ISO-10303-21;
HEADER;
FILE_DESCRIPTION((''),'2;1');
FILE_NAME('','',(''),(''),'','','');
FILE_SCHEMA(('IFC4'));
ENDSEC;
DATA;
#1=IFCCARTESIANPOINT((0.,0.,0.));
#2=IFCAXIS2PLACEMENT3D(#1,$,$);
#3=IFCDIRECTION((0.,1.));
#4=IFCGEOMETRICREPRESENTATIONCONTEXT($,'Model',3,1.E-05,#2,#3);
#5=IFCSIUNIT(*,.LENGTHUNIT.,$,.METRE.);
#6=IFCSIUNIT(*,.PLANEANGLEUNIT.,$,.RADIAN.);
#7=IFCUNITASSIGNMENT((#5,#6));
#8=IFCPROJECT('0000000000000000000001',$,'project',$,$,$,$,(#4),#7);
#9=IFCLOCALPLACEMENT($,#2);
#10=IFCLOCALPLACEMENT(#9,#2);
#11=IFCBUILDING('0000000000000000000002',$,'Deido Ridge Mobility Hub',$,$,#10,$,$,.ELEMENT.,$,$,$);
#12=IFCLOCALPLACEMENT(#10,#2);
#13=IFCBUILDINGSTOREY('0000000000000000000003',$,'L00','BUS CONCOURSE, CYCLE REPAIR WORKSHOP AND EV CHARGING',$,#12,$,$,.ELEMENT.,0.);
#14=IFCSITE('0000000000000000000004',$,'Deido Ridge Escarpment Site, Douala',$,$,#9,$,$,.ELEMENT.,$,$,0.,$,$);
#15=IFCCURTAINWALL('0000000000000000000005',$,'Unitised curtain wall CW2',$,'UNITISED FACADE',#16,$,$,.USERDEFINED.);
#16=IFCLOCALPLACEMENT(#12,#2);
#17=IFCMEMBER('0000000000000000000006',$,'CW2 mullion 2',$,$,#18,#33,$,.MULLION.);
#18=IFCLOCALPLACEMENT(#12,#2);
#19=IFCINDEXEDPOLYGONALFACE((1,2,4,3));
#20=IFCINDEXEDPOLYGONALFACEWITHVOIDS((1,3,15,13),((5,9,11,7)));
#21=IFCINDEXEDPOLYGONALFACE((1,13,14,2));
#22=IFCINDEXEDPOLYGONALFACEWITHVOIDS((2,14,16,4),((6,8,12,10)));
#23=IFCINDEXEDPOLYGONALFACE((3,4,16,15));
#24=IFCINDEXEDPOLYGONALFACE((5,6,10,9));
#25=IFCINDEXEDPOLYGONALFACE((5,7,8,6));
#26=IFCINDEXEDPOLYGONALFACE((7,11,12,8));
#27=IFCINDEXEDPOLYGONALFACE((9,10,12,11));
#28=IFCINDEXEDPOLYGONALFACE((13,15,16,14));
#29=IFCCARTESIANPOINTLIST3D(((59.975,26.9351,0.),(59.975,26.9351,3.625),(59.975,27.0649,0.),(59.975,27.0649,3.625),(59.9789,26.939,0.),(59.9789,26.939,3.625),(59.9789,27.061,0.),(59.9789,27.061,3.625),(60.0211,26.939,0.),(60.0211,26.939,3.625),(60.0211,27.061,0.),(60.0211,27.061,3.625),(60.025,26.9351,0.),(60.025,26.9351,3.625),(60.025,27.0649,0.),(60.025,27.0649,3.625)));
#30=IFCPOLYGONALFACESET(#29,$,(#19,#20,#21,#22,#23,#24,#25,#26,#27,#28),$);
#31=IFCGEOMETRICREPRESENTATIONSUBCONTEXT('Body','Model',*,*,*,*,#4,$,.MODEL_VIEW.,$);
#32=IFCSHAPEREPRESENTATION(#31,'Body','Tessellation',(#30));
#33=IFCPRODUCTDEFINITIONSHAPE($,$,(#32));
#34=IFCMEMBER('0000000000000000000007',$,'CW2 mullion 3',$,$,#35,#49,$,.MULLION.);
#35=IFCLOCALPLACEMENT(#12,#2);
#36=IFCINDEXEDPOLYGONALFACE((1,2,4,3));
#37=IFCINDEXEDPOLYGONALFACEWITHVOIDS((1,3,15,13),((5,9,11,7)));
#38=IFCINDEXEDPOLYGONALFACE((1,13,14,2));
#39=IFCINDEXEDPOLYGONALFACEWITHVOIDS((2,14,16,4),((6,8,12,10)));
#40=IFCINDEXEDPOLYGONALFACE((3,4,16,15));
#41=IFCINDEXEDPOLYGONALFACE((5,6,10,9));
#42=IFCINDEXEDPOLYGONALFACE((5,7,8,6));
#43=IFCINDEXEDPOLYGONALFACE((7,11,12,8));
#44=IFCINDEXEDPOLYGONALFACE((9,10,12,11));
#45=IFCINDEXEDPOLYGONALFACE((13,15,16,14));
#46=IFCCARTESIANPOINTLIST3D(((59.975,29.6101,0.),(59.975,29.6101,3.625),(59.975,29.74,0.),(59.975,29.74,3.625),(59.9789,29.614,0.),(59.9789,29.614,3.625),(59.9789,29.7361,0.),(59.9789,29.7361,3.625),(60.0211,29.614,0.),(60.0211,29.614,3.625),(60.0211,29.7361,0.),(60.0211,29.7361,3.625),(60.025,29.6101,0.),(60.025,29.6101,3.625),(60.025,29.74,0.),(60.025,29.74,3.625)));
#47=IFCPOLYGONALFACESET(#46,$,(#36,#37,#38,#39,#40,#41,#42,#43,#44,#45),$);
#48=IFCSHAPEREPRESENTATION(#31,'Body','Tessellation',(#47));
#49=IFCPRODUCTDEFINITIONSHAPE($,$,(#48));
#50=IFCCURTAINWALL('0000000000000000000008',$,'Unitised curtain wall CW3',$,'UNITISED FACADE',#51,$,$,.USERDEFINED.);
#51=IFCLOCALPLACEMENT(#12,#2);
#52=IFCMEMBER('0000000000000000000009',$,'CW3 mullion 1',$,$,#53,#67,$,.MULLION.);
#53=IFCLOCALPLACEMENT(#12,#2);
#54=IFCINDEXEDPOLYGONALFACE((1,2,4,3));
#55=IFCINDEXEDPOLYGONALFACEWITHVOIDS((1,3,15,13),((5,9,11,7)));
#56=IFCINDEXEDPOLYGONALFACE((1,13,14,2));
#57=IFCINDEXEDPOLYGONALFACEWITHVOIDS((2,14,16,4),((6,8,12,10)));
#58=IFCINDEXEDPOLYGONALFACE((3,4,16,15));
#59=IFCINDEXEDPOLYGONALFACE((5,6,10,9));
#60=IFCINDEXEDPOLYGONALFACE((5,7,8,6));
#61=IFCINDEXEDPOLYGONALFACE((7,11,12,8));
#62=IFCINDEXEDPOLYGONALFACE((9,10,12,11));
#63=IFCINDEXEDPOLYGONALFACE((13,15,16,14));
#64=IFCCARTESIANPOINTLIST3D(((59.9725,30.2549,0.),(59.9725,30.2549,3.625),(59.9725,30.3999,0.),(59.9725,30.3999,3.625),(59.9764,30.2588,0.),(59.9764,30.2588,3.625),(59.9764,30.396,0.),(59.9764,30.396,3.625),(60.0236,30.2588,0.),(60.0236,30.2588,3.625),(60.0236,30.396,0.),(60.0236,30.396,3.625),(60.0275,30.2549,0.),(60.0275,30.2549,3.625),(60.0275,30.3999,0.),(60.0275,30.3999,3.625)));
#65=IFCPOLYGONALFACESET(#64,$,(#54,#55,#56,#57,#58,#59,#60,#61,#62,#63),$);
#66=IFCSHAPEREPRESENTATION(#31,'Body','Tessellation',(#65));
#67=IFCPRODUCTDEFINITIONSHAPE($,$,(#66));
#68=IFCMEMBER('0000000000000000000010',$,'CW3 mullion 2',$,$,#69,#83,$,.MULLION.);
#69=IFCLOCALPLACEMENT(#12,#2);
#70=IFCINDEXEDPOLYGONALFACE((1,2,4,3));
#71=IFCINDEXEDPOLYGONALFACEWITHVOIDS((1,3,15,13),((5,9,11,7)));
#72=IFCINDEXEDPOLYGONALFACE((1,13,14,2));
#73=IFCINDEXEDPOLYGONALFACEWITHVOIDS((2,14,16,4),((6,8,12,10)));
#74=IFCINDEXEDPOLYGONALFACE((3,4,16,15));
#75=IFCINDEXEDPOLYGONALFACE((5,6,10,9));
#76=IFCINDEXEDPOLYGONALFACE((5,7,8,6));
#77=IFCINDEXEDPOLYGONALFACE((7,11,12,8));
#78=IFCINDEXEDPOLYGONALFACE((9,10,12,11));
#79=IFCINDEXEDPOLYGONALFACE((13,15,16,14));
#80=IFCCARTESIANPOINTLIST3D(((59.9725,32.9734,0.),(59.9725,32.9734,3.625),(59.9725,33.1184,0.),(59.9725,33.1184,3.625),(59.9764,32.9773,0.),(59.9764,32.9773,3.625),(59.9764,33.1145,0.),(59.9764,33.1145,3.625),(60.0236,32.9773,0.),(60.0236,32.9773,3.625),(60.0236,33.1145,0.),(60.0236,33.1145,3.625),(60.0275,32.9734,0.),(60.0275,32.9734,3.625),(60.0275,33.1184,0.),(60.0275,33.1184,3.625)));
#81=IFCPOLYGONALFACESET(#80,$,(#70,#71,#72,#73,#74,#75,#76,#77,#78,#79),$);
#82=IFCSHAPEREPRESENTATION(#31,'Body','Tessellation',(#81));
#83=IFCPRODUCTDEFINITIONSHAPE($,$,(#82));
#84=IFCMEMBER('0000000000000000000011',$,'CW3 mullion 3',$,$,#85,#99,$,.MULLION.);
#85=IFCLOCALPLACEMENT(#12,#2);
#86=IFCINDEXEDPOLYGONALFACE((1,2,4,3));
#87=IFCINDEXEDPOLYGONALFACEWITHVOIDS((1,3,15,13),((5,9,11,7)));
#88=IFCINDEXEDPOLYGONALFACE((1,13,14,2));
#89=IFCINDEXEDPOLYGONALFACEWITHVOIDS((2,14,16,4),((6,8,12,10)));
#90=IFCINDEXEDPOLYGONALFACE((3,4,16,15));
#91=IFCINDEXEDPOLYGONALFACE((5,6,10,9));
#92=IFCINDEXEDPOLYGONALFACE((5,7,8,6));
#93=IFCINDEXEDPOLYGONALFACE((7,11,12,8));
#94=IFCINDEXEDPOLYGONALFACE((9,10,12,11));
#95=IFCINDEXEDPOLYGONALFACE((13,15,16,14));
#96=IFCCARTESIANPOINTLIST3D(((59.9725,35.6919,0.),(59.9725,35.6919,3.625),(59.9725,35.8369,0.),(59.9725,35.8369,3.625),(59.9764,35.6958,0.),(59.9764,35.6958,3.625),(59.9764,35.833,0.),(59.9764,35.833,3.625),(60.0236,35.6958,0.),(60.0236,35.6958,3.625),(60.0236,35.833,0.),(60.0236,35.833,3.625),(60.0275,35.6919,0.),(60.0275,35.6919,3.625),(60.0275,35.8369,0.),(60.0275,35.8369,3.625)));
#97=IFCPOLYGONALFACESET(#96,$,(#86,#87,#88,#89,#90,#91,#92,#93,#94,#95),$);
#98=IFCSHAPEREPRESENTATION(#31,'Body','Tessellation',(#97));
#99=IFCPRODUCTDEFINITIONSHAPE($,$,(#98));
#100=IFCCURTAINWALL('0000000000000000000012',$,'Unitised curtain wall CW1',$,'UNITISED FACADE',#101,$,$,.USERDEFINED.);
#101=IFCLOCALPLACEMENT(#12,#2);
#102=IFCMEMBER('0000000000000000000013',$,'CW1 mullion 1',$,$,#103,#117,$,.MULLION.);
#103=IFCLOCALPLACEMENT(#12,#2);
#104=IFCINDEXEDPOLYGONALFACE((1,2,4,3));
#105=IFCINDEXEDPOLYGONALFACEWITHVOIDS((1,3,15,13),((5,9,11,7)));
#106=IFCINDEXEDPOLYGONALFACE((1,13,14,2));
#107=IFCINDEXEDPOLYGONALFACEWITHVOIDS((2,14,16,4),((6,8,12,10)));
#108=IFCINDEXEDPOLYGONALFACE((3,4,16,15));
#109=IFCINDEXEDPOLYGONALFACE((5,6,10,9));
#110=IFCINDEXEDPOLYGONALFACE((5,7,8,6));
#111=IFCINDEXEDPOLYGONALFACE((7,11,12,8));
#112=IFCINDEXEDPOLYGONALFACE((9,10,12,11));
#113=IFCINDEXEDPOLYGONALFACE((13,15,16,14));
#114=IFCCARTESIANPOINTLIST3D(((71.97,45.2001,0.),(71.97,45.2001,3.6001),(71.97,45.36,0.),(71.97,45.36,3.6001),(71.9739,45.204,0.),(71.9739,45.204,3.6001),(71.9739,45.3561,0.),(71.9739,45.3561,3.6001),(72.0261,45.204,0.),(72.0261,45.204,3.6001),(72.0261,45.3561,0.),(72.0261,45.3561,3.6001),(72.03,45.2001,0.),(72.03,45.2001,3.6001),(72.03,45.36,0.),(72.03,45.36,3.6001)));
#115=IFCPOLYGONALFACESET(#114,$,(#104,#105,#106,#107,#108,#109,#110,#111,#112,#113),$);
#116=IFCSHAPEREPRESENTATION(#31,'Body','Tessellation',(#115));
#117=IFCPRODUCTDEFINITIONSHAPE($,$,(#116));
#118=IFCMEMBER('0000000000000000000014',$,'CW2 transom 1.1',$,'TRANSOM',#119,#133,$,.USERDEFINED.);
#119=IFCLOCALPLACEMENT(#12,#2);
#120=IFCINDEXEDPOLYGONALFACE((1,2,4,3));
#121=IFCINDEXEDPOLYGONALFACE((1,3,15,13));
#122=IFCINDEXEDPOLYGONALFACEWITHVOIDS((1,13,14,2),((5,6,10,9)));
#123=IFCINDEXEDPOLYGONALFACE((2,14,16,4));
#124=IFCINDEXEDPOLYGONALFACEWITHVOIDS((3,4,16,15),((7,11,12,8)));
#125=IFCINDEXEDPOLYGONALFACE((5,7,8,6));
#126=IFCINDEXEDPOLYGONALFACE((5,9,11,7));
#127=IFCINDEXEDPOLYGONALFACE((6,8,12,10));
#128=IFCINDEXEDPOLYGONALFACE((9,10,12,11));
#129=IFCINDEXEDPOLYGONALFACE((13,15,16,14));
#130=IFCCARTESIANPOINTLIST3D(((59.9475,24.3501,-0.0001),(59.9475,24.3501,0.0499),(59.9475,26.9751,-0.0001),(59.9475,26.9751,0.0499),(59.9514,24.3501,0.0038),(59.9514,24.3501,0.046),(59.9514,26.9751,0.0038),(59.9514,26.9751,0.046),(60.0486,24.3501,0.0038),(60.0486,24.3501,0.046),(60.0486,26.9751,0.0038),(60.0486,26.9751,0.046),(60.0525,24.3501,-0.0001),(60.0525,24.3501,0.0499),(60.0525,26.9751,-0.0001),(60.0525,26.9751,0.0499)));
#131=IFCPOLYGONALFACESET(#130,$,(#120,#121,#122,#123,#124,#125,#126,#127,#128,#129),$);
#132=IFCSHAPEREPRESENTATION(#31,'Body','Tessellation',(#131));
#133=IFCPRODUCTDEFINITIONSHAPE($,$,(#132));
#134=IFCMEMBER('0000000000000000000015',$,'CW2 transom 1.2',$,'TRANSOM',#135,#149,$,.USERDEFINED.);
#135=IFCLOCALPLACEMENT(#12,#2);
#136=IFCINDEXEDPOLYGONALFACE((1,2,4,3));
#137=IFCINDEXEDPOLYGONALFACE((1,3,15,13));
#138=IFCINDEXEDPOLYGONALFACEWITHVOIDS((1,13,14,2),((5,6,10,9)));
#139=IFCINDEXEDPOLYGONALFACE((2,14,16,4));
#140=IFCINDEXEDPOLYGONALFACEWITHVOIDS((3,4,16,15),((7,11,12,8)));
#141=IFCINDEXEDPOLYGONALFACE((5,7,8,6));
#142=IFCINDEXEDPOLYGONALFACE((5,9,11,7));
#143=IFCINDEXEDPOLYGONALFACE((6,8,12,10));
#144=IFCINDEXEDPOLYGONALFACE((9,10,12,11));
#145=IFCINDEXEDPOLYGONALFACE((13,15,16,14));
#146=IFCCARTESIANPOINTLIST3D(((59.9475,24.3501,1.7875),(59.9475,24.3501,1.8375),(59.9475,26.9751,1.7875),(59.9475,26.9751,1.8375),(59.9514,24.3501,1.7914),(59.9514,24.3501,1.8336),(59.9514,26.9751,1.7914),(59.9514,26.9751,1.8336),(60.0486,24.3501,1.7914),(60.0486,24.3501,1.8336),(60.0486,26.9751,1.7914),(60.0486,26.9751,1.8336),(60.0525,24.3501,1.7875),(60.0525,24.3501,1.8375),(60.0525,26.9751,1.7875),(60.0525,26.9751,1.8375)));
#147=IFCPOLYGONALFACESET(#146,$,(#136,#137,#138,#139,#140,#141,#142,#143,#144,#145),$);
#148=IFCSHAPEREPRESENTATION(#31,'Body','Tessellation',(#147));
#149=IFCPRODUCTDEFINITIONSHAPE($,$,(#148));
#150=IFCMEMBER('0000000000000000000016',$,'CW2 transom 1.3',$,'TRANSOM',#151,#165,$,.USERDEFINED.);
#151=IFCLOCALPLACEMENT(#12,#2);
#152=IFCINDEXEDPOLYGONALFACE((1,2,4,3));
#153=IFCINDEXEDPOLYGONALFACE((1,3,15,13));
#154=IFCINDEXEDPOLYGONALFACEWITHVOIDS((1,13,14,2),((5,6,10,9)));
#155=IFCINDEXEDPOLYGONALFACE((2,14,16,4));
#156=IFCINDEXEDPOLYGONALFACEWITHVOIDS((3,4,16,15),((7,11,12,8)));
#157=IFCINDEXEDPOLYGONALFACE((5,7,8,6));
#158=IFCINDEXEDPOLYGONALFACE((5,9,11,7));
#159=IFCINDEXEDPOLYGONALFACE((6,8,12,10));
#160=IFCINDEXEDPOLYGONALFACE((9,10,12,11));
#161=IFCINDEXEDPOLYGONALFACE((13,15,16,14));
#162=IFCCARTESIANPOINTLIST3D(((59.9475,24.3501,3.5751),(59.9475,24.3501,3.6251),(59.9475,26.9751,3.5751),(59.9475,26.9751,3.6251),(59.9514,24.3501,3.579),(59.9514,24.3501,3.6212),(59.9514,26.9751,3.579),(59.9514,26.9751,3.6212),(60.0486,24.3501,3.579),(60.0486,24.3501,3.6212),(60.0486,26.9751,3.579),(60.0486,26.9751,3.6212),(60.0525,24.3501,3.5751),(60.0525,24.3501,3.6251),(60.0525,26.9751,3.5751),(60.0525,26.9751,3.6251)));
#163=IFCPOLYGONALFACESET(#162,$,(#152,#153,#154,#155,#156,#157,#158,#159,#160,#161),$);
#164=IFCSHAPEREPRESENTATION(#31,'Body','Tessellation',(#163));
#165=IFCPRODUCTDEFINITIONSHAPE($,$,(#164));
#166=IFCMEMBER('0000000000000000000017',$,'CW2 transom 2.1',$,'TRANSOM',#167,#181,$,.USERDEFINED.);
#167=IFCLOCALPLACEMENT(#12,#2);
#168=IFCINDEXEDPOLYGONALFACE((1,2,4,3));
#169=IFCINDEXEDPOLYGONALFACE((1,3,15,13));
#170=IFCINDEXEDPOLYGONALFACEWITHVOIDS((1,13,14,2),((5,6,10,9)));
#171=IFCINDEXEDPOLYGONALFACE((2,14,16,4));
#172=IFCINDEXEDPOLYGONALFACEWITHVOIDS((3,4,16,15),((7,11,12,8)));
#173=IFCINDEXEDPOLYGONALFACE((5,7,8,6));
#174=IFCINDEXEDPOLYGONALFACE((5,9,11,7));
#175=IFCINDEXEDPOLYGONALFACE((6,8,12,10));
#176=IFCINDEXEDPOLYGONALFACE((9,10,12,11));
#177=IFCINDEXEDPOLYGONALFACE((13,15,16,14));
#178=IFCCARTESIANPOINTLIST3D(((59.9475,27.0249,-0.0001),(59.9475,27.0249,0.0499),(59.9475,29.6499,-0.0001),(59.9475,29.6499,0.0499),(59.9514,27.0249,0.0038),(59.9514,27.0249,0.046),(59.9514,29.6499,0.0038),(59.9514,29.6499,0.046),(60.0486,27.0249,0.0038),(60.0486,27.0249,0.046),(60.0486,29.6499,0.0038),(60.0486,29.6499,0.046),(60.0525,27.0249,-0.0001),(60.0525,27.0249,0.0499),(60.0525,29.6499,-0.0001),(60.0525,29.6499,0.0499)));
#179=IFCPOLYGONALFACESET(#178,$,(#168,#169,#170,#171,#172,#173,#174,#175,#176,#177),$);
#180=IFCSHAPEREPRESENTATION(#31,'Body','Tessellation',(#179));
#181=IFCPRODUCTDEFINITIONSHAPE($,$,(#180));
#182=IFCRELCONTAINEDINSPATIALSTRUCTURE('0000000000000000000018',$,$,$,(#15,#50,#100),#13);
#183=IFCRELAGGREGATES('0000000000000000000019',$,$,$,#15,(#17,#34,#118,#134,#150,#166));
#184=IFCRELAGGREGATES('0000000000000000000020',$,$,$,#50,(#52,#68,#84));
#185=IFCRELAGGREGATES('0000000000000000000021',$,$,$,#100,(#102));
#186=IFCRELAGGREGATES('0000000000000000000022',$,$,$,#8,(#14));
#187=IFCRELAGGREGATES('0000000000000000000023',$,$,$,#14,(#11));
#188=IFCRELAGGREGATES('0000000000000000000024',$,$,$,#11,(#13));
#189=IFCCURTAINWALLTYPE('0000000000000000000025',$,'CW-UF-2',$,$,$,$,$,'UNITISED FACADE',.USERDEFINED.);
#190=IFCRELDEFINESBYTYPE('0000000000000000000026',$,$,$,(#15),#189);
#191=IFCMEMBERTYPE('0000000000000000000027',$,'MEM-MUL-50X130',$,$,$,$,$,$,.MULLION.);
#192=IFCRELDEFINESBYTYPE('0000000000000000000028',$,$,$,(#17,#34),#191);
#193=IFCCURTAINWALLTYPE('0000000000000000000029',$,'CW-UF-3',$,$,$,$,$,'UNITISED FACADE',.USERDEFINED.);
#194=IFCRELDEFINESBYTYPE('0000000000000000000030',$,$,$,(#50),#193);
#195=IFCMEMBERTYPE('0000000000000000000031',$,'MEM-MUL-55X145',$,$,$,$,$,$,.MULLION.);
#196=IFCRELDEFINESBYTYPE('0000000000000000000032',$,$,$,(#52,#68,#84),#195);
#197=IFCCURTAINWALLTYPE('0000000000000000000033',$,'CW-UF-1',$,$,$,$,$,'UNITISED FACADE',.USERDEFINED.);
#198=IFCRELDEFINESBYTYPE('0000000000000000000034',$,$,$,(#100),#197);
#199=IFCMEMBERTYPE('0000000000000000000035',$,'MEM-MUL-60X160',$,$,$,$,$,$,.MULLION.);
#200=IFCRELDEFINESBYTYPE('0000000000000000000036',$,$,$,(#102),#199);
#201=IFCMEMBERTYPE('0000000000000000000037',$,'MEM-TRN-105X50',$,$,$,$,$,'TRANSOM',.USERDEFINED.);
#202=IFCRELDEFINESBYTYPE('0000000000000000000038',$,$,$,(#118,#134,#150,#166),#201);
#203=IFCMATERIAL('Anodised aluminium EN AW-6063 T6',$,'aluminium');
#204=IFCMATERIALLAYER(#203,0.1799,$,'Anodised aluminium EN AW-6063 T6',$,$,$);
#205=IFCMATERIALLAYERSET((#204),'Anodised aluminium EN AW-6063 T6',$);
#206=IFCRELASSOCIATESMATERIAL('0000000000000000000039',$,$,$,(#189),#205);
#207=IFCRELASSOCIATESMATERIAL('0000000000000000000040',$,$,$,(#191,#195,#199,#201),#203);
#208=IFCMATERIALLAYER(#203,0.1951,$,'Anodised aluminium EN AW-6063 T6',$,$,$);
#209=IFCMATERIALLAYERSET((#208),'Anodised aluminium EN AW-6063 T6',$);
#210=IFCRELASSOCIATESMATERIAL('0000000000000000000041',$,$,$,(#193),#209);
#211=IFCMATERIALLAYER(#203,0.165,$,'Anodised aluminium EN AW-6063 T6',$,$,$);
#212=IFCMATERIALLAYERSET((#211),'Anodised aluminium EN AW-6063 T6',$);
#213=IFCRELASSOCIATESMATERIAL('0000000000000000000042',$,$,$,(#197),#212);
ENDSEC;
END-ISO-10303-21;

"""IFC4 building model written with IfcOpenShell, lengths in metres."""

from ifc_helpers import new_model, si_unit, direction, frame, origin, origin_2d, place, context, subcontext, project, spatial, hollow_rectangle, extrude, material, layer, layer_set, material_profile, profile_set, type_object, element, aggregate, save


model = new_model("IFC4")

# Units and contexts
model_context = context("Model", 3, precision=1e-05, world=origin(), true_north=direction((0.0, 1.0)))
body_context = subcontext(model_context, "Body", "Model", "MODEL_VIEW")
ifc_project = project(units=[si_unit("LENGTHUNIT", "METRE"), si_unit("PLANEANGLEUNIT", "RADIAN")], contexts=[model_context])

# Site, building, storey
site_placement = place(None, origin())
site = spatial("IfcSite", under=ifc_project, at=site_placement, Name="Deido Ridge Escarpment Site, Douala", CompositionType="ELEMENT", RefElevation=0.0)
building_placement = place(site_placement, origin())
building = spatial("IfcBuilding", under=site, at=building_placement, Name="Deido Ridge Mobility Hub", CompositionType="ELEMENT")
storey_placement = place(building_placement, origin())
storey = spatial("IfcBuildingStorey", under=building, at=storey_placement, Name="L00", Description="BUS CONCOURSE, CYCLE REPAIR WORKSHOP AND EV CHARGING", CompositionType="ELEMENT", Elevation=0.0)

# Curtain walls, members
ifc_material_1 = material(Name="Anodised aluminium EN AW-6063 T6", Category="aluminium")
ifc_layer_1 = layer(ifc_material_1, 0.1799, Name="Anodised aluminium EN AW-6063 T6")
ifc_layer_set_1 = layer_set([ifc_layer_1], Name="Anodised aluminium EN AW-6063 T6")
curtain_wall_type_1 = type_object("IfcCurtainWallType", Name="CW-UF-2", ElementType="UNITISED FACADE", PredefinedType="USERDEFINED", material=ifc_layer_set_1)
curtain_wall_1_placement = place(storey_placement, origin())
curtain_wall_1 = element("IfcCurtainWall", 1, at=curtain_wall_1_placement, inside=storey, type_object=curtain_wall_type_1, Name="Unitised curtain wall CW2", ObjectType="UNITISED FACADE", PredefinedType="USERDEFINED")
ifc_material_profile_1 = material_profile(ifc_material_1, hollow_rectangle(XDim=0.05, YDim=0.1299, WallThickness=0.0039, at=origin_2d()), Name="RHS 50x130x4")
ifc_profile_set_1 = profile_set([ifc_material_profile_1], Name="Anodised aluminium EN AW-6063 T6")
member_type_1 = type_object("IfcMemberType", Name="MEM-MUL-50X130", PredefinedType="MULLION", material=ifc_profile_set_1)
member_1_placement = place(storey_placement, frame((60.0, 27.0, 0.0), z_axis=(0.0, 0.0, 1.0), x_axis=(-1.0, 0.0, 0.0)))
member_1 = element("IfcMember", 2, at=member_1_placement, type_object=member_type_1, Name="CW2 mullion 2", PredefinedType="MULLION", context=body_context, shape_type="SweptSolid", body=[
    extrude(hollow_rectangle(XDim=0.05, YDim=0.1299, WallThickness=0.0039, at=origin_2d()), origin(), (0.0, 0.0, 1.0), 3.625),
])
member_2_placement = place(storey_placement, frame((60.0, 29.675, 0.0), z_axis=(0.0, 0.0, 1.0), x_axis=(-1.0, 0.0, 0.0)))
member_2 = element("IfcMember", 3, at=member_2_placement, type_object=member_type_1, Name="CW2 mullion 3", PredefinedType="MULLION", context=body_context, shape_type="SweptSolid", body=[
    extrude(hollow_rectangle(XDim=0.05, YDim=0.1299, WallThickness=0.0039, at=origin_2d()), origin(), (0.0, 0.0, 1.0), 3.625),
])
ifc_layer_2 = layer(ifc_material_1, 0.1951, Name="Anodised aluminium EN AW-6063 T6")
ifc_layer_set_2 = layer_set([ifc_layer_2], Name="Anodised aluminium EN AW-6063 T6")
curtain_wall_type_2 = type_object("IfcCurtainWallType", Name="CW-UF-3", ElementType="UNITISED FACADE", PredefinedType="USERDEFINED", material=ifc_layer_set_2)
curtain_wall_2_placement = place(storey_placement, origin())
curtain_wall_2 = element("IfcCurtainWall", 4, at=curtain_wall_2_placement, inside=storey, type_object=curtain_wall_type_2, Name="Unitised curtain wall CW3", ObjectType="UNITISED FACADE", PredefinedType="USERDEFINED")
ifc_material_profile_2 = material_profile(ifc_material_1, hollow_rectangle(XDim=0.0549, YDim=0.145, WallThickness=0.0039, at=origin_2d()), Name="RHS 55x145x4")
ifc_profile_set_2 = profile_set([ifc_material_profile_2], Name="Anodised aluminium EN AW-6063 T6")
member_type_2 = type_object("IfcMemberType", Name="MEM-MUL-55X145", PredefinedType="MULLION", material=ifc_profile_set_2)
member_3_placement = place(storey_placement, frame((60.0, 30.3274, 0.0), z_axis=(0.0, 0.0, 1.0), x_axis=(-1.0, 0.0, 0.0)))
member_3 = element("IfcMember", 5, at=member_3_placement, type_object=member_type_2, Name="CW3 mullion 1", PredefinedType="MULLION", context=body_context, shape_type="SweptSolid", body=[
    extrude(hollow_rectangle(XDim=0.0549, YDim=0.145, WallThickness=0.0039, at=origin_2d()), origin(), (0.0, 0.0, 1.0), 3.625),
])
member_4_placement = place(storey_placement, frame((60.0, 33.0459, 0.0), z_axis=(0.0, 0.0, 1.0), x_axis=(-1.0, 0.0, 0.0)))
member_4 = element("IfcMember", 6, at=member_4_placement, type_object=member_type_2, Name="CW3 mullion 2", PredefinedType="MULLION", context=body_context, shape_type="SweptSolid", body=[
    extrude(hollow_rectangle(XDim=0.0549, YDim=0.145, WallThickness=0.0039, at=origin_2d()), origin(), (0.0, 0.0, 1.0), 3.625),
])
member_5_placement = place(storey_placement, frame((60.0, 35.7644, 0.0), z_axis=(0.0, 0.0, 1.0), x_axis=(-1.0, 0.0, 0.0)))
member_5 = element("IfcMember", 7, at=member_5_placement, type_object=member_type_2, Name="CW3 mullion 3", PredefinedType="MULLION", context=body_context, shape_type="SweptSolid", body=[
    extrude(hollow_rectangle(XDim=0.0549, YDim=0.145, WallThickness=0.0039, at=origin_2d()), origin(), (0.0, 0.0, 1.0), 3.625),
])

# Curtain wall, member
ifc_layer_3 = layer(ifc_material_1, 0.165, Name="Anodised aluminium EN AW-6063 T6")
ifc_layer_set_3 = layer_set([ifc_layer_3], Name="Anodised aluminium EN AW-6063 T6")
curtain_wall_type_3 = type_object("IfcCurtainWallType", Name="CW-UF-1", ElementType="UNITISED FACADE", PredefinedType="USERDEFINED", material=ifc_layer_set_3)
curtain_wall_3_placement = place(storey_placement, origin())
curtain_wall_3 = element("IfcCurtainWall", 8, at=curtain_wall_3_placement, inside=storey, type_object=curtain_wall_type_3, Name="Unitised curtain wall CW1", ObjectType="UNITISED FACADE", PredefinedType="USERDEFINED")
ifc_material_profile_3 = material_profile(ifc_material_1, hollow_rectangle(XDim=0.0601, YDim=0.1599, WallThickness=0.0039, at=origin_2d()), Name="RHS 60x160x4")
ifc_profile_set_3 = profile_set([ifc_material_profile_3], Name="Anodised aluminium EN AW-6063 T6")
member_type_3 = type_object("IfcMemberType", Name="MEM-MUL-60X160", PredefinedType="MULLION", material=ifc_profile_set_3)
member_6_placement = place(storey_placement, frame((72.0, 45.28, 0.0), z_axis=(0.0, 0.0, 1.0), x_axis=(-1.0, 0.0, 0.0)))
member_6 = element("IfcMember", 9, at=member_6_placement, type_object=member_type_3, Name="CW1 mullion 1", PredefinedType="MULLION", context=body_context, shape_type="SweptSolid", body=[
    extrude(hollow_rectangle(XDim=0.0601, YDim=0.1599, WallThickness=0.0039, at=origin_2d()), origin(), (0.0, 0.0, 1.0), 3.6001),
])

# Members
ifc_material_profile_4 = material_profile(ifc_material_1, hollow_rectangle(XDim=0.105, YDim=0.05, WallThickness=0.0039, at=origin_2d()), Name="RHS 105x50x4")
ifc_profile_set_4 = profile_set([ifc_material_profile_4], Name="Anodised aluminium EN AW-6063 T6")
member_type_4 = type_object("IfcMemberType", Name="MEM-TRN-105X50", ElementType="TRANSOM", PredefinedType="USERDEFINED", material=ifc_profile_set_4)
member_7_placement = place(storey_placement, frame((60.0, 24.3501, 0.0249), z_axis=(0.0, 1.0, 0.0), x_axis=(-1.0, 0.0, 0.0)))
member_7 = element("IfcMember", 10, at=member_7_placement, type_object=member_type_4, Name="CW2 transom 1.1", ObjectType="TRANSOM", PredefinedType="USERDEFINED", context=body_context, shape_type="SweptSolid", body=[
    extrude(hollow_rectangle(XDim=0.105, YDim=0.05, WallThickness=0.0039, at=origin_2d()), origin(), (0.0, 0.0, 1.0), 2.625),
])
member_8_placement = place(storey_placement, frame((60.0, 24.3501, 1.8125), z_axis=(0.0, 1.0, 0.0), x_axis=(-1.0, 0.0, 0.0)))
member_8 = element("IfcMember", 11, at=member_8_placement, type_object=member_type_4, Name="CW2 transom 1.2", ObjectType="TRANSOM", PredefinedType="USERDEFINED", context=body_context, shape_type="SweptSolid", body=[
    extrude(hollow_rectangle(XDim=0.105, YDim=0.05, WallThickness=0.0039, at=origin_2d()), origin(), (0.0, 0.0, 1.0), 2.625),
])
member_9_placement = place(storey_placement, frame((60.0, 24.3501, 3.6001), z_axis=(0.0, 1.0, 0.0), x_axis=(-1.0, 0.0, 0.0)))
member_9 = element("IfcMember", 12, at=member_9_placement, type_object=member_type_4, Name="CW2 transom 1.3", ObjectType="TRANSOM", PredefinedType="USERDEFINED", context=body_context, shape_type="SweptSolid", body=[
    extrude(hollow_rectangle(XDim=0.105, YDim=0.05, WallThickness=0.0039, at=origin_2d()), origin(), (0.0, 0.0, 1.0), 2.625),
])
member_10_placement = place(storey_placement, frame((60.0, 27.0249, 0.0249), z_axis=(0.0, 1.0, 0.0), x_axis=(-1.0, 0.0, 0.0)))
member_10 = element("IfcMember", 13, at=member_10_placement, type_object=member_type_4, Name="CW2 transom 2.1", ObjectType="TRANSOM", PredefinedType="USERDEFINED", context=body_context, shape_type="SweptSolid", body=[
    extrude(hollow_rectangle(XDim=0.105, YDim=0.05, WallThickness=0.0039, at=origin_2d()), origin(), (0.0, 0.0, 1.0), 2.625),
])

aggregate(curtain_wall_1, [member_1, member_2, member_7, member_8, member_9, member_10])
aggregate(curtain_wall_2, [member_3, member_4, member_5])
aggregate(curtain_wall_3, [member_6])

save(model, "model.ifc")
